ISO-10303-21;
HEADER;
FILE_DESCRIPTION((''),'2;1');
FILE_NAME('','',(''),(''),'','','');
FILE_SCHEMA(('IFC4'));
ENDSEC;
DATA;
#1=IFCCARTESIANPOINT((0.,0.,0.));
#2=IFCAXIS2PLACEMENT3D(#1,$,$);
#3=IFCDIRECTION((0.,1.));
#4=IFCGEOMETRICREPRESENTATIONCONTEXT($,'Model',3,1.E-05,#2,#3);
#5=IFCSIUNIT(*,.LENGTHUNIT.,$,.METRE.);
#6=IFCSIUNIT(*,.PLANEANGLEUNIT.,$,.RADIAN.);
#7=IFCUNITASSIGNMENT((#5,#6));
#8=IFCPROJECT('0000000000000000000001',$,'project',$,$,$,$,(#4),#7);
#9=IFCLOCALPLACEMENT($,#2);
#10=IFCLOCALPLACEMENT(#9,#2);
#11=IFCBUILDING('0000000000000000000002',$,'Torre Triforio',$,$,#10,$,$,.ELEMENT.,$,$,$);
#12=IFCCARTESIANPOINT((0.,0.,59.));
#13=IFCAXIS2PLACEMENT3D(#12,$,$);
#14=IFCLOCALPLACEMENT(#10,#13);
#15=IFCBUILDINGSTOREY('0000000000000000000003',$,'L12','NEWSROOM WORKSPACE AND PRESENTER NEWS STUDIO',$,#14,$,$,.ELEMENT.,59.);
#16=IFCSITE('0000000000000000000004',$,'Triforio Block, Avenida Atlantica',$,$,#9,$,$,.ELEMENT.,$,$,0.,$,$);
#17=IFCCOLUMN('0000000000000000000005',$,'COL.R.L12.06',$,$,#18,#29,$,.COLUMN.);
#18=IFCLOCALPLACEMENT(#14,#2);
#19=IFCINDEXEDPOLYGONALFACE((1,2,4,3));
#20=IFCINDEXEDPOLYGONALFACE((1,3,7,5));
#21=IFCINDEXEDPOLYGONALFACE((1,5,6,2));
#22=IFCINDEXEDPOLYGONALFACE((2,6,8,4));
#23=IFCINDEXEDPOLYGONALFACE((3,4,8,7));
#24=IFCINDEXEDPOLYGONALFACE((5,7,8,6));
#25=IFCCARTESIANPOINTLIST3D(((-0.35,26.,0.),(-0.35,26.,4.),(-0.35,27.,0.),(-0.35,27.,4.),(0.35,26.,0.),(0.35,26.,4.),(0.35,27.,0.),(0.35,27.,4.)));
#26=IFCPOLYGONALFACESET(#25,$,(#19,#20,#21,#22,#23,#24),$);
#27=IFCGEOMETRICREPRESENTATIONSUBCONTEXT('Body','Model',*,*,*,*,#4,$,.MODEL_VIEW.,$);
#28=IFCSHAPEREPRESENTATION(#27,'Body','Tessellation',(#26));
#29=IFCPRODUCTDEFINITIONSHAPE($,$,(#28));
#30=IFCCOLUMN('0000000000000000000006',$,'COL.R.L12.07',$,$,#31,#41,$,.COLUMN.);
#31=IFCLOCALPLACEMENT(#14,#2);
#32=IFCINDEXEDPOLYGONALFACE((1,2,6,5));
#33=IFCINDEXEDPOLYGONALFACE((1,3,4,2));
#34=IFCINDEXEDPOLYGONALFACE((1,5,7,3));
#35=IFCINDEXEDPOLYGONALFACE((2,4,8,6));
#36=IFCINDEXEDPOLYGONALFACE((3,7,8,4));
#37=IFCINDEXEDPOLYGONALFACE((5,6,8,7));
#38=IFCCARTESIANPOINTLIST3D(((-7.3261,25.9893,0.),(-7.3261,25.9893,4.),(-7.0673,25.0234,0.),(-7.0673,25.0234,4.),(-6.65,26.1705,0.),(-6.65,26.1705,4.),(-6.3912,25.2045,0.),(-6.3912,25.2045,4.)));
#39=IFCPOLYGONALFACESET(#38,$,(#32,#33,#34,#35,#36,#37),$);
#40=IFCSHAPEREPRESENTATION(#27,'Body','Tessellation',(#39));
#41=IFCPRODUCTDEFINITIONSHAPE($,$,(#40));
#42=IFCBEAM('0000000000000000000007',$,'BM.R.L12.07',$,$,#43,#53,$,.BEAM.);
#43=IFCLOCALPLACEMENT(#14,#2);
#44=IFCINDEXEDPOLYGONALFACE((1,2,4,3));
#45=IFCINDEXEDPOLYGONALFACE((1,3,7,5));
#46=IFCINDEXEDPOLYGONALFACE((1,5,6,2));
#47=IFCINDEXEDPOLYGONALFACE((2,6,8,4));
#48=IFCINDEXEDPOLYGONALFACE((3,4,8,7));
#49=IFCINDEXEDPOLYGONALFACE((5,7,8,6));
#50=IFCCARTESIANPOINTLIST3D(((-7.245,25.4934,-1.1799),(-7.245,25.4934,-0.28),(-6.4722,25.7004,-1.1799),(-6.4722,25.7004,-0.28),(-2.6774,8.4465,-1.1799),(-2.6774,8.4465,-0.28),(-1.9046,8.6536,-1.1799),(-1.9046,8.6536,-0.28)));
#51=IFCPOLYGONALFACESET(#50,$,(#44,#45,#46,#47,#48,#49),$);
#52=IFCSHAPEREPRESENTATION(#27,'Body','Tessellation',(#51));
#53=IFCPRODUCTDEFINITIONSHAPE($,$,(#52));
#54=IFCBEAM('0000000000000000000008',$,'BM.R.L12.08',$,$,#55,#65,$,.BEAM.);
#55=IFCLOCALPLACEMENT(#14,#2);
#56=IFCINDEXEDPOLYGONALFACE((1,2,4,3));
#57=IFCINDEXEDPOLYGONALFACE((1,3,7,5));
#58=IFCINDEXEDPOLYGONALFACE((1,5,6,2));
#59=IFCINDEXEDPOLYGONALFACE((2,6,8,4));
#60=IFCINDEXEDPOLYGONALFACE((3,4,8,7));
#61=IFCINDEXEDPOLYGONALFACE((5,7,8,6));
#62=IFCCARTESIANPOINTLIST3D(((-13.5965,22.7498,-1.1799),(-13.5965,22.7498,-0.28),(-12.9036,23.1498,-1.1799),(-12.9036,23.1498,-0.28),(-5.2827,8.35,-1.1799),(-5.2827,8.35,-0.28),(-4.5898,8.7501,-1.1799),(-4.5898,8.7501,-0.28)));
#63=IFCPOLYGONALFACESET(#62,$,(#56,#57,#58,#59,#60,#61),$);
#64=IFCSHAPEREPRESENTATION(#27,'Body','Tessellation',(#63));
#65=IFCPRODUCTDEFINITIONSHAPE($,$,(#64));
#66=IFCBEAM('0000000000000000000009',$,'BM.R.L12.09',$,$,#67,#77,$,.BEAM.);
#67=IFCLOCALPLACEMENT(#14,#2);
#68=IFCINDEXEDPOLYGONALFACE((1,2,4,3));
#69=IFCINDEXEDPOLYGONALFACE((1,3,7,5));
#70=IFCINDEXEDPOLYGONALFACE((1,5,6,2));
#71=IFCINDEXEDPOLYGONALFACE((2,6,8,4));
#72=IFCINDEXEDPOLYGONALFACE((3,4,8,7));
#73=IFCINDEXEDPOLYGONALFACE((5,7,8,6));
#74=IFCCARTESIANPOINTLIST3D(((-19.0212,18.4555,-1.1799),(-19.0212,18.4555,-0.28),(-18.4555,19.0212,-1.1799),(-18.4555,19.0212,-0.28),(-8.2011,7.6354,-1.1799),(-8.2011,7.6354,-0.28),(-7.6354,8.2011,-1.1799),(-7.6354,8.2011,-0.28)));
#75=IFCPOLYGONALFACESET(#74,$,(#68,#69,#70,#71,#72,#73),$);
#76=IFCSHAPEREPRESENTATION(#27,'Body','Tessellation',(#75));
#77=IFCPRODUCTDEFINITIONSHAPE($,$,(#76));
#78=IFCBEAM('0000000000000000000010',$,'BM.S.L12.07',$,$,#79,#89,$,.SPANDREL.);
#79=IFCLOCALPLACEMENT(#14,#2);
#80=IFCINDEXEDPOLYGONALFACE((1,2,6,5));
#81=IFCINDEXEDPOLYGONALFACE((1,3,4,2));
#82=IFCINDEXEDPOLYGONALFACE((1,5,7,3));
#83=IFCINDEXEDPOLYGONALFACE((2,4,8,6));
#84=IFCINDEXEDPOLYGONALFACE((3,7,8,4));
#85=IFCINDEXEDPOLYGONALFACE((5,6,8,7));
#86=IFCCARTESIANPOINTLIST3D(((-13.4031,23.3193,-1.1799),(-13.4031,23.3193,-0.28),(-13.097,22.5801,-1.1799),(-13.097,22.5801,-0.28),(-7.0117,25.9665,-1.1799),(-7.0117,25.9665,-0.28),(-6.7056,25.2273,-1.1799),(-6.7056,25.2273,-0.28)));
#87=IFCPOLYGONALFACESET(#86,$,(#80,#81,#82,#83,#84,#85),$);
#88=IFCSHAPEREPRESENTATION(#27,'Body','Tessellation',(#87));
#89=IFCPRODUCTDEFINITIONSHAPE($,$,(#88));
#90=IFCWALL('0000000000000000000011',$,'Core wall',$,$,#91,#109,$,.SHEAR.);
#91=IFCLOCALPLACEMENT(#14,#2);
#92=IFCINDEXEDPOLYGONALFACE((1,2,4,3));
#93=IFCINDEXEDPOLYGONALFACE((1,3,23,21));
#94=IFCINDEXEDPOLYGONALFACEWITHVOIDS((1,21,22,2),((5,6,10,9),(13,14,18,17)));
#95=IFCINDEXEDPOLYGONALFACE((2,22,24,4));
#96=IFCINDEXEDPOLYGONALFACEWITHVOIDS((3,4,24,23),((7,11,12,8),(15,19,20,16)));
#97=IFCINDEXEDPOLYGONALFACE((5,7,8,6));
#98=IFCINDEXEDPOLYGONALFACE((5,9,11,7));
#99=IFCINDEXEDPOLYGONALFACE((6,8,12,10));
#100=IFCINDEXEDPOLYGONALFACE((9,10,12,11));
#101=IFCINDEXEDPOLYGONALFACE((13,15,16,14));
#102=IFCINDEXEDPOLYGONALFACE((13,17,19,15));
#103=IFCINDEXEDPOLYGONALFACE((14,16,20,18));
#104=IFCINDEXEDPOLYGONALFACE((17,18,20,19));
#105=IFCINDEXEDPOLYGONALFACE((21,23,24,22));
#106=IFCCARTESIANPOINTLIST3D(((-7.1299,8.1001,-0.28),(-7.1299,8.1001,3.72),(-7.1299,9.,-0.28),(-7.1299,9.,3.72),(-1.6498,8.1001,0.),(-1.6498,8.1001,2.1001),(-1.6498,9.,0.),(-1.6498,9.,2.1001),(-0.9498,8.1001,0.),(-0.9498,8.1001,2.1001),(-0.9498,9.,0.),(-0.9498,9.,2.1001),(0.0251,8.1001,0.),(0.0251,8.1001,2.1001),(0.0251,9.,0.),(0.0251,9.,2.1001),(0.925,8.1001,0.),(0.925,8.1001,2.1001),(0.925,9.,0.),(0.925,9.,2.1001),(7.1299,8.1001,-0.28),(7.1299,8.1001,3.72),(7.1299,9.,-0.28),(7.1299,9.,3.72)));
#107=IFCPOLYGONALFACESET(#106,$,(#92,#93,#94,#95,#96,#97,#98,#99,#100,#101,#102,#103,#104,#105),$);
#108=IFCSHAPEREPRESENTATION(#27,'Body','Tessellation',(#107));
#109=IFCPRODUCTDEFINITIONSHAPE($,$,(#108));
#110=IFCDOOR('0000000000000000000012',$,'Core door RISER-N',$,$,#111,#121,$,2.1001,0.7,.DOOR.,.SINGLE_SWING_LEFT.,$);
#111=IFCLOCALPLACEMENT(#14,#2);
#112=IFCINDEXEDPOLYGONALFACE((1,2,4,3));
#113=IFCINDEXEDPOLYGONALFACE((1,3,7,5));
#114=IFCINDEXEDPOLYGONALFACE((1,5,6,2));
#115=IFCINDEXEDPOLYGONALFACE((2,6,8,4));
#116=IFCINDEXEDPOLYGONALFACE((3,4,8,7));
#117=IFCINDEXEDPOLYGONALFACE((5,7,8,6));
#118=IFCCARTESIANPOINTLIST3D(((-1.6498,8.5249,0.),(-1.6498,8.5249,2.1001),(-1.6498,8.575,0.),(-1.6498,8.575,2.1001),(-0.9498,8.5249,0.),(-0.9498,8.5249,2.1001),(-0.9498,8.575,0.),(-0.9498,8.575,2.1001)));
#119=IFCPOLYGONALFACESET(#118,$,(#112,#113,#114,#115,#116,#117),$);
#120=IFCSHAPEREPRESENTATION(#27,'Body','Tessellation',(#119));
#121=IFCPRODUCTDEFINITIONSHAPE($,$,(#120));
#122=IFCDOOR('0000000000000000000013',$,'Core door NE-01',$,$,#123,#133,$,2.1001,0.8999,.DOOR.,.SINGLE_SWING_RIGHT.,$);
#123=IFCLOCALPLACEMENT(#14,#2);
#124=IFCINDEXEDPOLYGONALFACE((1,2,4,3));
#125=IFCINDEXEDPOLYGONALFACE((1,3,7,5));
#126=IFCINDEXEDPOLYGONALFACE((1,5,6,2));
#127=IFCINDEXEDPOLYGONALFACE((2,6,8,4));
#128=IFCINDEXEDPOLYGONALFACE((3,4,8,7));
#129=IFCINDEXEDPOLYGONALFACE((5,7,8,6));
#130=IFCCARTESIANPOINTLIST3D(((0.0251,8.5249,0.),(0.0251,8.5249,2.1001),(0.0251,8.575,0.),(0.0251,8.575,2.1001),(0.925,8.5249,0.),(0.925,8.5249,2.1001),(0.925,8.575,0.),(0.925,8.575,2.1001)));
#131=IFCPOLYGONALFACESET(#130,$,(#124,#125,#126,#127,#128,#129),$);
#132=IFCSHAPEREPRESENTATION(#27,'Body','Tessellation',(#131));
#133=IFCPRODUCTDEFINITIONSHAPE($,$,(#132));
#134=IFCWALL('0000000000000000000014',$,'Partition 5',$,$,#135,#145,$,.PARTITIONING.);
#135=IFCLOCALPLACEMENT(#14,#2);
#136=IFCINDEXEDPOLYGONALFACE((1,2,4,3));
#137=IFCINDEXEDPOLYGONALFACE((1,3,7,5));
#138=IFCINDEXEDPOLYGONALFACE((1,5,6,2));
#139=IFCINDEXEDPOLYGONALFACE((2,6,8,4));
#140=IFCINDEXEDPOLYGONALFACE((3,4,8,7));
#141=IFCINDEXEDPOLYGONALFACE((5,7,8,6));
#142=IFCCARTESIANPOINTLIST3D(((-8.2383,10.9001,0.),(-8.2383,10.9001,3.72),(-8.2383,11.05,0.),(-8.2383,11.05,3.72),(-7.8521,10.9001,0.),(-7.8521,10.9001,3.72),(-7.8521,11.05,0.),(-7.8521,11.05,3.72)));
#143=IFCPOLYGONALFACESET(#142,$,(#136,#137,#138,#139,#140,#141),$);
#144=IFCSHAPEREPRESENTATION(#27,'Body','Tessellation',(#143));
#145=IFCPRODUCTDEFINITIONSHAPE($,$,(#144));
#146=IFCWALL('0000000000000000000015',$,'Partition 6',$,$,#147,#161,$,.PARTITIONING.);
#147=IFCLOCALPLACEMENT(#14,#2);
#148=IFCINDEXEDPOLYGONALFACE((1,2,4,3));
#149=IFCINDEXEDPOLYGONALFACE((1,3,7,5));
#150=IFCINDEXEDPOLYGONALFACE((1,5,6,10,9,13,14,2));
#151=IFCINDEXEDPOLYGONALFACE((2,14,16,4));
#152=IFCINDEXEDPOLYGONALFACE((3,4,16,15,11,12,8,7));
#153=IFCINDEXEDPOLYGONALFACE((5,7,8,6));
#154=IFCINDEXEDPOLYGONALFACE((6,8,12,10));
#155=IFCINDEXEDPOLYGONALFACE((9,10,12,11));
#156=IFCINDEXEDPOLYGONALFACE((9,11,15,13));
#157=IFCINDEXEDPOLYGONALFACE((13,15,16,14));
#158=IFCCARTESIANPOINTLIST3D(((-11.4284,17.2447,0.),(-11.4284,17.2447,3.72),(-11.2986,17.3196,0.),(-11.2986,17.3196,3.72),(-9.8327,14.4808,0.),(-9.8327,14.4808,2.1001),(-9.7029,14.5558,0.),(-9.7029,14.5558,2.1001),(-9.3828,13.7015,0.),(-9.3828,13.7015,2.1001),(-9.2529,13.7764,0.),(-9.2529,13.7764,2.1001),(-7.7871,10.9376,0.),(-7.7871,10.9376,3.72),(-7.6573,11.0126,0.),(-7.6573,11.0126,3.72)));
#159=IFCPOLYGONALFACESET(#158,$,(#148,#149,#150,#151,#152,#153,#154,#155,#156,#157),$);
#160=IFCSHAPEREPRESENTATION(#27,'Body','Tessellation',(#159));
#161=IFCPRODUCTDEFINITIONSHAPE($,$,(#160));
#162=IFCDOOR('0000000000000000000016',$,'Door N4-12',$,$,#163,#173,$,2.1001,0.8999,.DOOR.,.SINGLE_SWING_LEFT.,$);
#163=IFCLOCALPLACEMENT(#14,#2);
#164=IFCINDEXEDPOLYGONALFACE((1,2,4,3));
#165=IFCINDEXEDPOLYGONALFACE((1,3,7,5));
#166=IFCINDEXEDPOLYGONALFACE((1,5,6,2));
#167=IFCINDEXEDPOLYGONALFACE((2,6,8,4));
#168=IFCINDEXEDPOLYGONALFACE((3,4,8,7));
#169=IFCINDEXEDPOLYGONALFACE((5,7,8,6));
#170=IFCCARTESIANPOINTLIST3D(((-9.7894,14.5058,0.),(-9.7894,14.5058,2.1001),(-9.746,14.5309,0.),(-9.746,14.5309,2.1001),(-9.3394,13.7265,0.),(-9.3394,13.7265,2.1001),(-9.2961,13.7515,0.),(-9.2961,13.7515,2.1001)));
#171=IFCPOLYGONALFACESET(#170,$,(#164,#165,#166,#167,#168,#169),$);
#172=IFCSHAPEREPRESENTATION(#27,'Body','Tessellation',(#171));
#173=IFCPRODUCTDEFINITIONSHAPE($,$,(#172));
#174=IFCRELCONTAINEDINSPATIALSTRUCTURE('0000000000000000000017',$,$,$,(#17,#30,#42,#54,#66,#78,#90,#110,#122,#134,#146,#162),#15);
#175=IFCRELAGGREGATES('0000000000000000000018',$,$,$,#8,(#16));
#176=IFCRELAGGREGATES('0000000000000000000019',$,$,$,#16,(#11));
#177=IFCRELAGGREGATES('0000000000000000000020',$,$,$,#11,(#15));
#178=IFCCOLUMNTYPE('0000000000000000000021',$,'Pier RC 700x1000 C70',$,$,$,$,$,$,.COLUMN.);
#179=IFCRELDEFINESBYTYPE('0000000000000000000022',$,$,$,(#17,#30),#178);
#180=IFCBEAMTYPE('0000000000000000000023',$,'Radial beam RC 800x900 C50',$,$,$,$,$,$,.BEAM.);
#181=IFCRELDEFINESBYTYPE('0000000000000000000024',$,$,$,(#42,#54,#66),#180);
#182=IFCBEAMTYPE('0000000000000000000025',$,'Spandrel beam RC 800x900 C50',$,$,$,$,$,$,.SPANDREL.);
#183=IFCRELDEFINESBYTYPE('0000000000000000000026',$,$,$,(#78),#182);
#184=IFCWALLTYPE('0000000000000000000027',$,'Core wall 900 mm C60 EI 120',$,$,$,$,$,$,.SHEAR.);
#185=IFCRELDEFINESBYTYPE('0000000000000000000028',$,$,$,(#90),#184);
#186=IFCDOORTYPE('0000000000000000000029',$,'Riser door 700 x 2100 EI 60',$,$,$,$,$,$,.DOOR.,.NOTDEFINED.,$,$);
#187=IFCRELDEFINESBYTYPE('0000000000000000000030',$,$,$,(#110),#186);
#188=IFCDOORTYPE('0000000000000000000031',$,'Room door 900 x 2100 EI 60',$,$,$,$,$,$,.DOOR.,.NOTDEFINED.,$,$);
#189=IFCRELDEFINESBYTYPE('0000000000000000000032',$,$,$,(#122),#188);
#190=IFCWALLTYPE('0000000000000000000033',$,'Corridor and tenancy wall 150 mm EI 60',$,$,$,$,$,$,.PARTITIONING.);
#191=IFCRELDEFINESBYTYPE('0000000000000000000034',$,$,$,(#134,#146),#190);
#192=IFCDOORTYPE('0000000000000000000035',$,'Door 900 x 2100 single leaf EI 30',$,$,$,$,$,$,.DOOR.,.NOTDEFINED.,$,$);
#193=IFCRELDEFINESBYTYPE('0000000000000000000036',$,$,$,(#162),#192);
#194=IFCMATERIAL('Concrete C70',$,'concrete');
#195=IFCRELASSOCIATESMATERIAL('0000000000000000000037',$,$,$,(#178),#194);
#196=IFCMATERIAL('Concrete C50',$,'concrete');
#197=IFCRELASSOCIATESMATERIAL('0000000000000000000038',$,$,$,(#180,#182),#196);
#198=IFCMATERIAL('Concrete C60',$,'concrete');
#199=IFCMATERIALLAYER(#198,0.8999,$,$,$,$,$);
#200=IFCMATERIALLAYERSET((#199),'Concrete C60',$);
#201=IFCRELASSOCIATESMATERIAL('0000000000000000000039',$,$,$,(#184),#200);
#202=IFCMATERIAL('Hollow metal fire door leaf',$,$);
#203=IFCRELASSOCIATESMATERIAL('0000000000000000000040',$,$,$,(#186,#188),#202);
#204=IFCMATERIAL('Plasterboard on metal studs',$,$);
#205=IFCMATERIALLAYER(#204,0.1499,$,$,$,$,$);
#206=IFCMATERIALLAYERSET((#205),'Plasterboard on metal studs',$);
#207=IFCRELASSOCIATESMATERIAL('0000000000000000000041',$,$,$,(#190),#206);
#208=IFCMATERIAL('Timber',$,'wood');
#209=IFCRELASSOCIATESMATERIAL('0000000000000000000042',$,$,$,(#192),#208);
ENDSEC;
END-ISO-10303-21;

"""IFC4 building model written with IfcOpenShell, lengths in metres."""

from ifc_helpers import new_model, si_unit, direction, frame, frame_2d, origin, origin_2d, place, context, subcontext, project, spatial, rectangle, extrude, material, layer, layer_set, material_profile, profile_set, type_object, element, fill, save


model = new_model("IFC4")

# Units and contexts
model_context = context("Model", 3, precision=1e-05, world=origin(), true_north=direction((0.0, 1.0)))
body_context = subcontext(model_context, "Body", "Model", "MODEL_VIEW")
ifc_project = project(units=[si_unit("LENGTHUNIT", "METRE"), si_unit("PLANEANGLEUNIT", "RADIAN")], contexts=[model_context])

# Site, building, storey
site_placement = place(None, origin())
site = spatial("IfcSite", under=ifc_project, at=site_placement, Name="Triforio Block, Avenida Atlantica", CompositionType="ELEMENT", RefElevation=0.0)
building_placement = place(site_placement, origin())
building = spatial("IfcBuilding", under=site, at=building_placement, Name="Torre Triforio", CompositionType="ELEMENT")
storey_placement = place(building_placement, frame((0.0, 0.0, 59.0)))
storey = spatial("IfcBuildingStorey", under=building, at=storey_placement, Name="L12", Description="NEWSROOM WORKSPACE AND PRESENTER NEWS STUDIO", CompositionType="ELEMENT", Elevation=59.0)

# Columns
ifc_material_1 = material(Name="Concrete C70", Category="concrete")
ifc_material_profile_1 = material_profile(ifc_material_1, rectangle(XDim=0.7, YDim=1.0, at=origin_2d()), Name="RC 700x1000")
ifc_profile_set_1 = profile_set([ifc_material_profile_1], Name="Concrete C70")
column_type = type_object("IfcColumnType", Name="Pier RC 700x1000 C70", PredefinedType="COLUMN", material=ifc_profile_set_1)
for number, where, z_axis, x_axis, name in (
    (1, (0.0, 26.5, 0.0), (0.0, 0.0, 1.0), (-1.0, 0.0, 0.0), "COL.R.L12.06"),
    (2, (-6.8586, 25.5969, 0.0), (0.0, 0.0, 1.0), (-0.965926, -0.258819, 0.0), "COL.R.L12.07"),
):
    element("IfcColumn", number, at=place(storey_placement, frame(where, z_axis=z_axis, x_axis=x_axis)), inside=storey, type_object=column_type, Name=name, PredefinedType="COLUMN", context=body_context, shape_type="SweptSolid", body=[
        extrude(rectangle(XDim=0.7, YDim=1.0, at=origin_2d()), origin(), (0.0, 0.0, 1.0), 4.0),
    ])

# Beams
ifc_material_2 = material(Name="Concrete C50", Category="concrete")
ifc_material_profile_2 = material_profile(ifc_material_2, rectangle(XDim=0.8, YDim=0.8999, at=origin_2d()), Name="RC 800x900")
ifc_profile_set_2 = profile_set([ifc_material_profile_2], Name="Concrete C50")
beam_type_1 = type_object("IfcBeamType", Name="Radial beam RC 800x900 C50", PredefinedType="BEAM", material=ifc_profile_set_2)
beam_1_placement = place(storey_placement, frame((-2.291, 8.55, -0.73), z_axis=(-0.258815, 0.965927, 0.0), x_axis=(-0.965927, -0.258815, 0.0)))
element("IfcBeam", 3, at=beam_1_placement, inside=storey, type_object=beam_type_1, Name="BM.R.L12.07", PredefinedType="BEAM", context=body_context, shape_type="SweptSolid", body=[
    extrude(rectangle(XDim=0.8, YDim=0.8999, at=origin_2d()), origin(), (0.0, 0.0, 1.0), 17.6482),
])
beam_2_placement = place(storey_placement, frame((-4.9363, 8.55, -0.73), z_axis=(-0.500003, 0.866023, 0.0), x_axis=(-0.866023, -0.500003, 0.0)))
element("IfcBeam", 4, at=beam_2_placement, inside=storey, type_object=beam_type_1, Name="BM.R.L12.08", PredefinedType="BEAM", context=body_context, shape_type="SweptSolid", body=[
    extrude(rectangle(XDim=0.8, YDim=0.8999, at=origin_2d()), origin(), (0.0, 0.0, 1.0), 16.6274),
])
beam_3_placement = place(storey_placement, frame((-7.9182, 7.9182, -0.73), z_axis=(-0.707107, 0.707107, 0.0), x_axis=(-0.707107, -0.707107, 0.0)))
element("IfcBeam", 5, at=beam_3_placement, inside=storey, type_object=beam_type_1, Name="BM.R.L12.09", PredefinedType="BEAM", context=body_context, shape_type="SweptSolid", body=[
    extrude(rectangle(XDim=0.8, YDim=0.8999, at=origin_2d()), origin(), (0.0, 0.0, 1.0), 15.302),
])
ifc_material_profile_3 = material_profile(ifc_material_2, rectangle(XDim=0.8, YDim=0.8999, at=origin_2d()), Name="RC 800x900")
ifc_profile_set_3 = profile_set([ifc_material_profile_3], Name="Concrete C50")
beam_type_2 = type_object("IfcBeamType", Name="Spandrel beam RC 800x900 C50", PredefinedType="SPANDREL", material=ifc_profile_set_3)
beam_4_placement = place(storey_placement, frame((-6.8586, 25.5969, -0.73), z_axis=(-0.923888, -0.382662, 0.0), x_axis=(0.382662, -0.923888, 0.0)))
element("IfcBeam", 6, at=beam_4_placement, inside=storey, type_object=beam_type_2, Name="BM.S.L12.07", PredefinedType="SPANDREL", context=body_context, shape_type="SweptSolid", body=[
    extrude(rectangle(XDim=0.8, YDim=0.8999, at=origin_2d()), origin(), (0.0, 0.0, 1.0), 6.918),
])

# Wall, openings, doors
ifc_material_3 = material(Name="Concrete C60", Category="concrete")
ifc_layer_1 = layer(ifc_material_3, 0.8999)
ifc_layer_set_1 = layer_set([ifc_layer_1], Name="Concrete C60")
wall_type_1 = type_object("IfcWallType", Name="Core wall 900 mm C60 EI 120", PredefinedType="SHEAR", material=ifc_layer_set_1)
wall_1_placement = place(storey_placement, frame((-7.1299, 8.55, -0.28), z_axis=(0.0, 0.0, 1.0), x_axis=(1.0, 0.0, 0.0)))
wall_1 = element("IfcWall", 7, at=wall_1_placement, inside=storey, type_object=wall_type_1, Name="Core wall", PredefinedType="SHEAR", context=body_context, shape_type="SweptSolid", body=[
    extrude(rectangle(XDim=14.2598, YDim=0.8999, at=frame_2d((7.1299, 0.0))), origin(), (0.0, 0.0, 1.0), 4.0),
])
opening_1_placement = place(wall_1_placement, frame((5.48, 0.0, 0.28)))
opening_1 = element("IfcOpeningElement", 8, at=opening_1_placement, cuts=wall_1, PredefinedType="OPENING", context=body_context, shape_type="SweptSolid", body=[
    extrude(rectangle(XDim=0.7, YDim=2.1001, at=frame_2d((0.3501, 1.05))), frame((0.0, 0.46, 0.0), z_axis=(0.0, -1.0, 0.0), x_axis=(1.0, 0.0, 0.0)), (0.0, 0.0, 1.0), 0.9199),
])
opening_2_placement = place(wall_1_placement, frame((7.155, 0.0, 0.28)))
opening_2 = element("IfcOpeningElement", 9, at=opening_2_placement, cuts=wall_1, PredefinedType="OPENING", context=body_context, shape_type="SweptSolid", body=[
    extrude(rectangle(XDim=0.8999, YDim=2.1001, at=frame_2d((0.45, 1.05))), frame((0.0, 0.46, 0.0), z_axis=(0.0, -1.0, 0.0), x_axis=(1.0, 0.0, 0.0)), (0.0, 0.0, 1.0), 0.9199),
])
ifc_material_4 = material(Name="Hollow metal fire door leaf")
door_type_1 = type_object("IfcDoorType", Name="Riser door 700 x 2100 EI 60", OperationType="NOTDEFINED", PredefinedType="DOOR", material=ifc_material_4)
door_1_placement = place(opening_1_placement, origin())
door_1 = element("IfcDoor", 10, at=door_1_placement, inside=storey, type_object=door_type_1, Name="Core door RISER-N", OperationType="SINGLE_SWING_LEFT", OverallHeight=2.1001, OverallWidth=0.7, PredefinedType="DOOR", context=body_context, shape_type="SweptSolid", body=[
    extrude(rectangle(XDim=0.7, YDim=2.1001, at=frame_2d((0.3501, 1.05))), frame((0.0, 0.0249, 0.0), z_axis=(0.0, -1.0, 0.0), x_axis=(1.0, 0.0, 0.0)), (0.0, 0.0, 1.0), 0.05),
])
fill(opening_1, door_1)
door_type_2 = type_object("IfcDoorType", Name="Room door 900 x 2100 EI 60", OperationType="NOTDEFINED", PredefinedType="DOOR", material=ifc_material_4)
door_2_placement = place(opening_2_placement, origin())
door_2 = element("IfcDoor", 11, at=door_2_placement, inside=storey, type_object=door_type_2, Name="Core door NE-01", OperationType="SINGLE_SWING_RIGHT", OverallHeight=2.1001, OverallWidth=0.8999, PredefinedType="DOOR", context=body_context, shape_type="SweptSolid", body=[
    extrude(rectangle(XDim=0.8999, YDim=2.1001, at=frame_2d((0.45, 1.05))), frame((0.0, 0.0249, 0.0), z_axis=(0.0, -1.0, 0.0), x_axis=(1.0, 0.0, 0.0)), (0.0, 0.0, 1.0), 0.05),
])
fill(opening_2, door_2)

# Wall
ifc_material_5 = material(Name="Plasterboard on metal studs")
ifc_layer_2 = layer(ifc_material_5, 0.1499)
ifc_layer_set_2 = layer_set([ifc_layer_2], Name="Plasterboard on metal studs")
wall_type_2 = type_object("IfcWallType", Name="Corridor and tenancy wall 150 mm EI 60", PredefinedType="PARTITIONING", material=ifc_layer_set_2)
wall_2_placement = place(storey_placement, frame((-8.2383, 10.9751, 0.0), z_axis=(0.0, 0.0, 1.0), x_axis=(1.0, 0.0, 0.0)))
element("IfcWall", 12, at=wall_2_placement, inside=storey, type_object=wall_type_2, Name="Partition 5", PredefinedType="PARTITIONING", context=body_context, shape_type="SweptSolid", body=[
    extrude(rectangle(XDim=0.3862, YDim=0.1499, at=frame_2d((0.1931, 0.0))), origin(), (0.0, 0.0, 1.0), 3.72),
])

# Wall, opening, door
wall_3_placement = place(storey_placement, frame((-7.7222, 10.9751, 0.0), z_axis=(0.0, 0.0, 1.0), x_axis=(-0.499993, 0.866029, 0.0)))
wall_3 = element("IfcWall", 13, at=wall_3_placement, inside=storey, type_object=wall_type_2, Name="Partition 6", PredefinedType="PARTITIONING", context=body_context, shape_type="SweptSolid", body=[
    extrude(rectangle(XDim=7.2827, YDim=0.1499, at=frame_2d((3.6414, 0.0))), origin(), (0.0, 0.0, 1.0), 3.72),
])
opening_3_placement = place(wall_3_placement, frame((3.1914, 0.0, 0.0)))
opening_3 = element("IfcOpeningElement", 14, at=opening_3_placement, cuts=wall_3, PredefinedType="OPENING", context=body_context, shape_type="SweptSolid", body=[
    extrude(rectangle(XDim=0.8999, YDim=2.1001, at=frame_2d((0.45, 1.05))), frame((0.0, 0.085, 0.0), z_axis=(0.0, -1.0, 0.0), x_axis=(1.0, 0.0, 0.0)), (0.0, 0.0, 1.0), 0.1699),
])
ifc_material_6 = material(Name="Timber", Category="wood")
door_type_3 = type_object("IfcDoorType", Name="Door 900 x 2100 single leaf EI 30", OperationType="NOTDEFINED", PredefinedType="DOOR", material=ifc_material_6)
door_3_placement = place(opening_3_placement, origin())
door_3 = element("IfcDoor", 15, at=door_3_placement, inside=storey, type_object=door_type_3, Name="Door N4-12", OperationType="SINGLE_SWING_LEFT", OverallHeight=2.1001, OverallWidth=0.8999, PredefinedType="DOOR", context=body_context, shape_type="SweptSolid", body=[
    extrude(rectangle(XDim=0.8999, YDim=2.1001, at=frame_2d((0.45, 1.05))), frame((0.0, 0.0249, 0.0), z_axis=(0.0, -1.0, 0.0), x_axis=(1.0, 0.0, 0.0)), (0.0, 0.0, 1.0), 0.05),
])
fill(opening_3, door_3)

save(model, "model.ifc")
